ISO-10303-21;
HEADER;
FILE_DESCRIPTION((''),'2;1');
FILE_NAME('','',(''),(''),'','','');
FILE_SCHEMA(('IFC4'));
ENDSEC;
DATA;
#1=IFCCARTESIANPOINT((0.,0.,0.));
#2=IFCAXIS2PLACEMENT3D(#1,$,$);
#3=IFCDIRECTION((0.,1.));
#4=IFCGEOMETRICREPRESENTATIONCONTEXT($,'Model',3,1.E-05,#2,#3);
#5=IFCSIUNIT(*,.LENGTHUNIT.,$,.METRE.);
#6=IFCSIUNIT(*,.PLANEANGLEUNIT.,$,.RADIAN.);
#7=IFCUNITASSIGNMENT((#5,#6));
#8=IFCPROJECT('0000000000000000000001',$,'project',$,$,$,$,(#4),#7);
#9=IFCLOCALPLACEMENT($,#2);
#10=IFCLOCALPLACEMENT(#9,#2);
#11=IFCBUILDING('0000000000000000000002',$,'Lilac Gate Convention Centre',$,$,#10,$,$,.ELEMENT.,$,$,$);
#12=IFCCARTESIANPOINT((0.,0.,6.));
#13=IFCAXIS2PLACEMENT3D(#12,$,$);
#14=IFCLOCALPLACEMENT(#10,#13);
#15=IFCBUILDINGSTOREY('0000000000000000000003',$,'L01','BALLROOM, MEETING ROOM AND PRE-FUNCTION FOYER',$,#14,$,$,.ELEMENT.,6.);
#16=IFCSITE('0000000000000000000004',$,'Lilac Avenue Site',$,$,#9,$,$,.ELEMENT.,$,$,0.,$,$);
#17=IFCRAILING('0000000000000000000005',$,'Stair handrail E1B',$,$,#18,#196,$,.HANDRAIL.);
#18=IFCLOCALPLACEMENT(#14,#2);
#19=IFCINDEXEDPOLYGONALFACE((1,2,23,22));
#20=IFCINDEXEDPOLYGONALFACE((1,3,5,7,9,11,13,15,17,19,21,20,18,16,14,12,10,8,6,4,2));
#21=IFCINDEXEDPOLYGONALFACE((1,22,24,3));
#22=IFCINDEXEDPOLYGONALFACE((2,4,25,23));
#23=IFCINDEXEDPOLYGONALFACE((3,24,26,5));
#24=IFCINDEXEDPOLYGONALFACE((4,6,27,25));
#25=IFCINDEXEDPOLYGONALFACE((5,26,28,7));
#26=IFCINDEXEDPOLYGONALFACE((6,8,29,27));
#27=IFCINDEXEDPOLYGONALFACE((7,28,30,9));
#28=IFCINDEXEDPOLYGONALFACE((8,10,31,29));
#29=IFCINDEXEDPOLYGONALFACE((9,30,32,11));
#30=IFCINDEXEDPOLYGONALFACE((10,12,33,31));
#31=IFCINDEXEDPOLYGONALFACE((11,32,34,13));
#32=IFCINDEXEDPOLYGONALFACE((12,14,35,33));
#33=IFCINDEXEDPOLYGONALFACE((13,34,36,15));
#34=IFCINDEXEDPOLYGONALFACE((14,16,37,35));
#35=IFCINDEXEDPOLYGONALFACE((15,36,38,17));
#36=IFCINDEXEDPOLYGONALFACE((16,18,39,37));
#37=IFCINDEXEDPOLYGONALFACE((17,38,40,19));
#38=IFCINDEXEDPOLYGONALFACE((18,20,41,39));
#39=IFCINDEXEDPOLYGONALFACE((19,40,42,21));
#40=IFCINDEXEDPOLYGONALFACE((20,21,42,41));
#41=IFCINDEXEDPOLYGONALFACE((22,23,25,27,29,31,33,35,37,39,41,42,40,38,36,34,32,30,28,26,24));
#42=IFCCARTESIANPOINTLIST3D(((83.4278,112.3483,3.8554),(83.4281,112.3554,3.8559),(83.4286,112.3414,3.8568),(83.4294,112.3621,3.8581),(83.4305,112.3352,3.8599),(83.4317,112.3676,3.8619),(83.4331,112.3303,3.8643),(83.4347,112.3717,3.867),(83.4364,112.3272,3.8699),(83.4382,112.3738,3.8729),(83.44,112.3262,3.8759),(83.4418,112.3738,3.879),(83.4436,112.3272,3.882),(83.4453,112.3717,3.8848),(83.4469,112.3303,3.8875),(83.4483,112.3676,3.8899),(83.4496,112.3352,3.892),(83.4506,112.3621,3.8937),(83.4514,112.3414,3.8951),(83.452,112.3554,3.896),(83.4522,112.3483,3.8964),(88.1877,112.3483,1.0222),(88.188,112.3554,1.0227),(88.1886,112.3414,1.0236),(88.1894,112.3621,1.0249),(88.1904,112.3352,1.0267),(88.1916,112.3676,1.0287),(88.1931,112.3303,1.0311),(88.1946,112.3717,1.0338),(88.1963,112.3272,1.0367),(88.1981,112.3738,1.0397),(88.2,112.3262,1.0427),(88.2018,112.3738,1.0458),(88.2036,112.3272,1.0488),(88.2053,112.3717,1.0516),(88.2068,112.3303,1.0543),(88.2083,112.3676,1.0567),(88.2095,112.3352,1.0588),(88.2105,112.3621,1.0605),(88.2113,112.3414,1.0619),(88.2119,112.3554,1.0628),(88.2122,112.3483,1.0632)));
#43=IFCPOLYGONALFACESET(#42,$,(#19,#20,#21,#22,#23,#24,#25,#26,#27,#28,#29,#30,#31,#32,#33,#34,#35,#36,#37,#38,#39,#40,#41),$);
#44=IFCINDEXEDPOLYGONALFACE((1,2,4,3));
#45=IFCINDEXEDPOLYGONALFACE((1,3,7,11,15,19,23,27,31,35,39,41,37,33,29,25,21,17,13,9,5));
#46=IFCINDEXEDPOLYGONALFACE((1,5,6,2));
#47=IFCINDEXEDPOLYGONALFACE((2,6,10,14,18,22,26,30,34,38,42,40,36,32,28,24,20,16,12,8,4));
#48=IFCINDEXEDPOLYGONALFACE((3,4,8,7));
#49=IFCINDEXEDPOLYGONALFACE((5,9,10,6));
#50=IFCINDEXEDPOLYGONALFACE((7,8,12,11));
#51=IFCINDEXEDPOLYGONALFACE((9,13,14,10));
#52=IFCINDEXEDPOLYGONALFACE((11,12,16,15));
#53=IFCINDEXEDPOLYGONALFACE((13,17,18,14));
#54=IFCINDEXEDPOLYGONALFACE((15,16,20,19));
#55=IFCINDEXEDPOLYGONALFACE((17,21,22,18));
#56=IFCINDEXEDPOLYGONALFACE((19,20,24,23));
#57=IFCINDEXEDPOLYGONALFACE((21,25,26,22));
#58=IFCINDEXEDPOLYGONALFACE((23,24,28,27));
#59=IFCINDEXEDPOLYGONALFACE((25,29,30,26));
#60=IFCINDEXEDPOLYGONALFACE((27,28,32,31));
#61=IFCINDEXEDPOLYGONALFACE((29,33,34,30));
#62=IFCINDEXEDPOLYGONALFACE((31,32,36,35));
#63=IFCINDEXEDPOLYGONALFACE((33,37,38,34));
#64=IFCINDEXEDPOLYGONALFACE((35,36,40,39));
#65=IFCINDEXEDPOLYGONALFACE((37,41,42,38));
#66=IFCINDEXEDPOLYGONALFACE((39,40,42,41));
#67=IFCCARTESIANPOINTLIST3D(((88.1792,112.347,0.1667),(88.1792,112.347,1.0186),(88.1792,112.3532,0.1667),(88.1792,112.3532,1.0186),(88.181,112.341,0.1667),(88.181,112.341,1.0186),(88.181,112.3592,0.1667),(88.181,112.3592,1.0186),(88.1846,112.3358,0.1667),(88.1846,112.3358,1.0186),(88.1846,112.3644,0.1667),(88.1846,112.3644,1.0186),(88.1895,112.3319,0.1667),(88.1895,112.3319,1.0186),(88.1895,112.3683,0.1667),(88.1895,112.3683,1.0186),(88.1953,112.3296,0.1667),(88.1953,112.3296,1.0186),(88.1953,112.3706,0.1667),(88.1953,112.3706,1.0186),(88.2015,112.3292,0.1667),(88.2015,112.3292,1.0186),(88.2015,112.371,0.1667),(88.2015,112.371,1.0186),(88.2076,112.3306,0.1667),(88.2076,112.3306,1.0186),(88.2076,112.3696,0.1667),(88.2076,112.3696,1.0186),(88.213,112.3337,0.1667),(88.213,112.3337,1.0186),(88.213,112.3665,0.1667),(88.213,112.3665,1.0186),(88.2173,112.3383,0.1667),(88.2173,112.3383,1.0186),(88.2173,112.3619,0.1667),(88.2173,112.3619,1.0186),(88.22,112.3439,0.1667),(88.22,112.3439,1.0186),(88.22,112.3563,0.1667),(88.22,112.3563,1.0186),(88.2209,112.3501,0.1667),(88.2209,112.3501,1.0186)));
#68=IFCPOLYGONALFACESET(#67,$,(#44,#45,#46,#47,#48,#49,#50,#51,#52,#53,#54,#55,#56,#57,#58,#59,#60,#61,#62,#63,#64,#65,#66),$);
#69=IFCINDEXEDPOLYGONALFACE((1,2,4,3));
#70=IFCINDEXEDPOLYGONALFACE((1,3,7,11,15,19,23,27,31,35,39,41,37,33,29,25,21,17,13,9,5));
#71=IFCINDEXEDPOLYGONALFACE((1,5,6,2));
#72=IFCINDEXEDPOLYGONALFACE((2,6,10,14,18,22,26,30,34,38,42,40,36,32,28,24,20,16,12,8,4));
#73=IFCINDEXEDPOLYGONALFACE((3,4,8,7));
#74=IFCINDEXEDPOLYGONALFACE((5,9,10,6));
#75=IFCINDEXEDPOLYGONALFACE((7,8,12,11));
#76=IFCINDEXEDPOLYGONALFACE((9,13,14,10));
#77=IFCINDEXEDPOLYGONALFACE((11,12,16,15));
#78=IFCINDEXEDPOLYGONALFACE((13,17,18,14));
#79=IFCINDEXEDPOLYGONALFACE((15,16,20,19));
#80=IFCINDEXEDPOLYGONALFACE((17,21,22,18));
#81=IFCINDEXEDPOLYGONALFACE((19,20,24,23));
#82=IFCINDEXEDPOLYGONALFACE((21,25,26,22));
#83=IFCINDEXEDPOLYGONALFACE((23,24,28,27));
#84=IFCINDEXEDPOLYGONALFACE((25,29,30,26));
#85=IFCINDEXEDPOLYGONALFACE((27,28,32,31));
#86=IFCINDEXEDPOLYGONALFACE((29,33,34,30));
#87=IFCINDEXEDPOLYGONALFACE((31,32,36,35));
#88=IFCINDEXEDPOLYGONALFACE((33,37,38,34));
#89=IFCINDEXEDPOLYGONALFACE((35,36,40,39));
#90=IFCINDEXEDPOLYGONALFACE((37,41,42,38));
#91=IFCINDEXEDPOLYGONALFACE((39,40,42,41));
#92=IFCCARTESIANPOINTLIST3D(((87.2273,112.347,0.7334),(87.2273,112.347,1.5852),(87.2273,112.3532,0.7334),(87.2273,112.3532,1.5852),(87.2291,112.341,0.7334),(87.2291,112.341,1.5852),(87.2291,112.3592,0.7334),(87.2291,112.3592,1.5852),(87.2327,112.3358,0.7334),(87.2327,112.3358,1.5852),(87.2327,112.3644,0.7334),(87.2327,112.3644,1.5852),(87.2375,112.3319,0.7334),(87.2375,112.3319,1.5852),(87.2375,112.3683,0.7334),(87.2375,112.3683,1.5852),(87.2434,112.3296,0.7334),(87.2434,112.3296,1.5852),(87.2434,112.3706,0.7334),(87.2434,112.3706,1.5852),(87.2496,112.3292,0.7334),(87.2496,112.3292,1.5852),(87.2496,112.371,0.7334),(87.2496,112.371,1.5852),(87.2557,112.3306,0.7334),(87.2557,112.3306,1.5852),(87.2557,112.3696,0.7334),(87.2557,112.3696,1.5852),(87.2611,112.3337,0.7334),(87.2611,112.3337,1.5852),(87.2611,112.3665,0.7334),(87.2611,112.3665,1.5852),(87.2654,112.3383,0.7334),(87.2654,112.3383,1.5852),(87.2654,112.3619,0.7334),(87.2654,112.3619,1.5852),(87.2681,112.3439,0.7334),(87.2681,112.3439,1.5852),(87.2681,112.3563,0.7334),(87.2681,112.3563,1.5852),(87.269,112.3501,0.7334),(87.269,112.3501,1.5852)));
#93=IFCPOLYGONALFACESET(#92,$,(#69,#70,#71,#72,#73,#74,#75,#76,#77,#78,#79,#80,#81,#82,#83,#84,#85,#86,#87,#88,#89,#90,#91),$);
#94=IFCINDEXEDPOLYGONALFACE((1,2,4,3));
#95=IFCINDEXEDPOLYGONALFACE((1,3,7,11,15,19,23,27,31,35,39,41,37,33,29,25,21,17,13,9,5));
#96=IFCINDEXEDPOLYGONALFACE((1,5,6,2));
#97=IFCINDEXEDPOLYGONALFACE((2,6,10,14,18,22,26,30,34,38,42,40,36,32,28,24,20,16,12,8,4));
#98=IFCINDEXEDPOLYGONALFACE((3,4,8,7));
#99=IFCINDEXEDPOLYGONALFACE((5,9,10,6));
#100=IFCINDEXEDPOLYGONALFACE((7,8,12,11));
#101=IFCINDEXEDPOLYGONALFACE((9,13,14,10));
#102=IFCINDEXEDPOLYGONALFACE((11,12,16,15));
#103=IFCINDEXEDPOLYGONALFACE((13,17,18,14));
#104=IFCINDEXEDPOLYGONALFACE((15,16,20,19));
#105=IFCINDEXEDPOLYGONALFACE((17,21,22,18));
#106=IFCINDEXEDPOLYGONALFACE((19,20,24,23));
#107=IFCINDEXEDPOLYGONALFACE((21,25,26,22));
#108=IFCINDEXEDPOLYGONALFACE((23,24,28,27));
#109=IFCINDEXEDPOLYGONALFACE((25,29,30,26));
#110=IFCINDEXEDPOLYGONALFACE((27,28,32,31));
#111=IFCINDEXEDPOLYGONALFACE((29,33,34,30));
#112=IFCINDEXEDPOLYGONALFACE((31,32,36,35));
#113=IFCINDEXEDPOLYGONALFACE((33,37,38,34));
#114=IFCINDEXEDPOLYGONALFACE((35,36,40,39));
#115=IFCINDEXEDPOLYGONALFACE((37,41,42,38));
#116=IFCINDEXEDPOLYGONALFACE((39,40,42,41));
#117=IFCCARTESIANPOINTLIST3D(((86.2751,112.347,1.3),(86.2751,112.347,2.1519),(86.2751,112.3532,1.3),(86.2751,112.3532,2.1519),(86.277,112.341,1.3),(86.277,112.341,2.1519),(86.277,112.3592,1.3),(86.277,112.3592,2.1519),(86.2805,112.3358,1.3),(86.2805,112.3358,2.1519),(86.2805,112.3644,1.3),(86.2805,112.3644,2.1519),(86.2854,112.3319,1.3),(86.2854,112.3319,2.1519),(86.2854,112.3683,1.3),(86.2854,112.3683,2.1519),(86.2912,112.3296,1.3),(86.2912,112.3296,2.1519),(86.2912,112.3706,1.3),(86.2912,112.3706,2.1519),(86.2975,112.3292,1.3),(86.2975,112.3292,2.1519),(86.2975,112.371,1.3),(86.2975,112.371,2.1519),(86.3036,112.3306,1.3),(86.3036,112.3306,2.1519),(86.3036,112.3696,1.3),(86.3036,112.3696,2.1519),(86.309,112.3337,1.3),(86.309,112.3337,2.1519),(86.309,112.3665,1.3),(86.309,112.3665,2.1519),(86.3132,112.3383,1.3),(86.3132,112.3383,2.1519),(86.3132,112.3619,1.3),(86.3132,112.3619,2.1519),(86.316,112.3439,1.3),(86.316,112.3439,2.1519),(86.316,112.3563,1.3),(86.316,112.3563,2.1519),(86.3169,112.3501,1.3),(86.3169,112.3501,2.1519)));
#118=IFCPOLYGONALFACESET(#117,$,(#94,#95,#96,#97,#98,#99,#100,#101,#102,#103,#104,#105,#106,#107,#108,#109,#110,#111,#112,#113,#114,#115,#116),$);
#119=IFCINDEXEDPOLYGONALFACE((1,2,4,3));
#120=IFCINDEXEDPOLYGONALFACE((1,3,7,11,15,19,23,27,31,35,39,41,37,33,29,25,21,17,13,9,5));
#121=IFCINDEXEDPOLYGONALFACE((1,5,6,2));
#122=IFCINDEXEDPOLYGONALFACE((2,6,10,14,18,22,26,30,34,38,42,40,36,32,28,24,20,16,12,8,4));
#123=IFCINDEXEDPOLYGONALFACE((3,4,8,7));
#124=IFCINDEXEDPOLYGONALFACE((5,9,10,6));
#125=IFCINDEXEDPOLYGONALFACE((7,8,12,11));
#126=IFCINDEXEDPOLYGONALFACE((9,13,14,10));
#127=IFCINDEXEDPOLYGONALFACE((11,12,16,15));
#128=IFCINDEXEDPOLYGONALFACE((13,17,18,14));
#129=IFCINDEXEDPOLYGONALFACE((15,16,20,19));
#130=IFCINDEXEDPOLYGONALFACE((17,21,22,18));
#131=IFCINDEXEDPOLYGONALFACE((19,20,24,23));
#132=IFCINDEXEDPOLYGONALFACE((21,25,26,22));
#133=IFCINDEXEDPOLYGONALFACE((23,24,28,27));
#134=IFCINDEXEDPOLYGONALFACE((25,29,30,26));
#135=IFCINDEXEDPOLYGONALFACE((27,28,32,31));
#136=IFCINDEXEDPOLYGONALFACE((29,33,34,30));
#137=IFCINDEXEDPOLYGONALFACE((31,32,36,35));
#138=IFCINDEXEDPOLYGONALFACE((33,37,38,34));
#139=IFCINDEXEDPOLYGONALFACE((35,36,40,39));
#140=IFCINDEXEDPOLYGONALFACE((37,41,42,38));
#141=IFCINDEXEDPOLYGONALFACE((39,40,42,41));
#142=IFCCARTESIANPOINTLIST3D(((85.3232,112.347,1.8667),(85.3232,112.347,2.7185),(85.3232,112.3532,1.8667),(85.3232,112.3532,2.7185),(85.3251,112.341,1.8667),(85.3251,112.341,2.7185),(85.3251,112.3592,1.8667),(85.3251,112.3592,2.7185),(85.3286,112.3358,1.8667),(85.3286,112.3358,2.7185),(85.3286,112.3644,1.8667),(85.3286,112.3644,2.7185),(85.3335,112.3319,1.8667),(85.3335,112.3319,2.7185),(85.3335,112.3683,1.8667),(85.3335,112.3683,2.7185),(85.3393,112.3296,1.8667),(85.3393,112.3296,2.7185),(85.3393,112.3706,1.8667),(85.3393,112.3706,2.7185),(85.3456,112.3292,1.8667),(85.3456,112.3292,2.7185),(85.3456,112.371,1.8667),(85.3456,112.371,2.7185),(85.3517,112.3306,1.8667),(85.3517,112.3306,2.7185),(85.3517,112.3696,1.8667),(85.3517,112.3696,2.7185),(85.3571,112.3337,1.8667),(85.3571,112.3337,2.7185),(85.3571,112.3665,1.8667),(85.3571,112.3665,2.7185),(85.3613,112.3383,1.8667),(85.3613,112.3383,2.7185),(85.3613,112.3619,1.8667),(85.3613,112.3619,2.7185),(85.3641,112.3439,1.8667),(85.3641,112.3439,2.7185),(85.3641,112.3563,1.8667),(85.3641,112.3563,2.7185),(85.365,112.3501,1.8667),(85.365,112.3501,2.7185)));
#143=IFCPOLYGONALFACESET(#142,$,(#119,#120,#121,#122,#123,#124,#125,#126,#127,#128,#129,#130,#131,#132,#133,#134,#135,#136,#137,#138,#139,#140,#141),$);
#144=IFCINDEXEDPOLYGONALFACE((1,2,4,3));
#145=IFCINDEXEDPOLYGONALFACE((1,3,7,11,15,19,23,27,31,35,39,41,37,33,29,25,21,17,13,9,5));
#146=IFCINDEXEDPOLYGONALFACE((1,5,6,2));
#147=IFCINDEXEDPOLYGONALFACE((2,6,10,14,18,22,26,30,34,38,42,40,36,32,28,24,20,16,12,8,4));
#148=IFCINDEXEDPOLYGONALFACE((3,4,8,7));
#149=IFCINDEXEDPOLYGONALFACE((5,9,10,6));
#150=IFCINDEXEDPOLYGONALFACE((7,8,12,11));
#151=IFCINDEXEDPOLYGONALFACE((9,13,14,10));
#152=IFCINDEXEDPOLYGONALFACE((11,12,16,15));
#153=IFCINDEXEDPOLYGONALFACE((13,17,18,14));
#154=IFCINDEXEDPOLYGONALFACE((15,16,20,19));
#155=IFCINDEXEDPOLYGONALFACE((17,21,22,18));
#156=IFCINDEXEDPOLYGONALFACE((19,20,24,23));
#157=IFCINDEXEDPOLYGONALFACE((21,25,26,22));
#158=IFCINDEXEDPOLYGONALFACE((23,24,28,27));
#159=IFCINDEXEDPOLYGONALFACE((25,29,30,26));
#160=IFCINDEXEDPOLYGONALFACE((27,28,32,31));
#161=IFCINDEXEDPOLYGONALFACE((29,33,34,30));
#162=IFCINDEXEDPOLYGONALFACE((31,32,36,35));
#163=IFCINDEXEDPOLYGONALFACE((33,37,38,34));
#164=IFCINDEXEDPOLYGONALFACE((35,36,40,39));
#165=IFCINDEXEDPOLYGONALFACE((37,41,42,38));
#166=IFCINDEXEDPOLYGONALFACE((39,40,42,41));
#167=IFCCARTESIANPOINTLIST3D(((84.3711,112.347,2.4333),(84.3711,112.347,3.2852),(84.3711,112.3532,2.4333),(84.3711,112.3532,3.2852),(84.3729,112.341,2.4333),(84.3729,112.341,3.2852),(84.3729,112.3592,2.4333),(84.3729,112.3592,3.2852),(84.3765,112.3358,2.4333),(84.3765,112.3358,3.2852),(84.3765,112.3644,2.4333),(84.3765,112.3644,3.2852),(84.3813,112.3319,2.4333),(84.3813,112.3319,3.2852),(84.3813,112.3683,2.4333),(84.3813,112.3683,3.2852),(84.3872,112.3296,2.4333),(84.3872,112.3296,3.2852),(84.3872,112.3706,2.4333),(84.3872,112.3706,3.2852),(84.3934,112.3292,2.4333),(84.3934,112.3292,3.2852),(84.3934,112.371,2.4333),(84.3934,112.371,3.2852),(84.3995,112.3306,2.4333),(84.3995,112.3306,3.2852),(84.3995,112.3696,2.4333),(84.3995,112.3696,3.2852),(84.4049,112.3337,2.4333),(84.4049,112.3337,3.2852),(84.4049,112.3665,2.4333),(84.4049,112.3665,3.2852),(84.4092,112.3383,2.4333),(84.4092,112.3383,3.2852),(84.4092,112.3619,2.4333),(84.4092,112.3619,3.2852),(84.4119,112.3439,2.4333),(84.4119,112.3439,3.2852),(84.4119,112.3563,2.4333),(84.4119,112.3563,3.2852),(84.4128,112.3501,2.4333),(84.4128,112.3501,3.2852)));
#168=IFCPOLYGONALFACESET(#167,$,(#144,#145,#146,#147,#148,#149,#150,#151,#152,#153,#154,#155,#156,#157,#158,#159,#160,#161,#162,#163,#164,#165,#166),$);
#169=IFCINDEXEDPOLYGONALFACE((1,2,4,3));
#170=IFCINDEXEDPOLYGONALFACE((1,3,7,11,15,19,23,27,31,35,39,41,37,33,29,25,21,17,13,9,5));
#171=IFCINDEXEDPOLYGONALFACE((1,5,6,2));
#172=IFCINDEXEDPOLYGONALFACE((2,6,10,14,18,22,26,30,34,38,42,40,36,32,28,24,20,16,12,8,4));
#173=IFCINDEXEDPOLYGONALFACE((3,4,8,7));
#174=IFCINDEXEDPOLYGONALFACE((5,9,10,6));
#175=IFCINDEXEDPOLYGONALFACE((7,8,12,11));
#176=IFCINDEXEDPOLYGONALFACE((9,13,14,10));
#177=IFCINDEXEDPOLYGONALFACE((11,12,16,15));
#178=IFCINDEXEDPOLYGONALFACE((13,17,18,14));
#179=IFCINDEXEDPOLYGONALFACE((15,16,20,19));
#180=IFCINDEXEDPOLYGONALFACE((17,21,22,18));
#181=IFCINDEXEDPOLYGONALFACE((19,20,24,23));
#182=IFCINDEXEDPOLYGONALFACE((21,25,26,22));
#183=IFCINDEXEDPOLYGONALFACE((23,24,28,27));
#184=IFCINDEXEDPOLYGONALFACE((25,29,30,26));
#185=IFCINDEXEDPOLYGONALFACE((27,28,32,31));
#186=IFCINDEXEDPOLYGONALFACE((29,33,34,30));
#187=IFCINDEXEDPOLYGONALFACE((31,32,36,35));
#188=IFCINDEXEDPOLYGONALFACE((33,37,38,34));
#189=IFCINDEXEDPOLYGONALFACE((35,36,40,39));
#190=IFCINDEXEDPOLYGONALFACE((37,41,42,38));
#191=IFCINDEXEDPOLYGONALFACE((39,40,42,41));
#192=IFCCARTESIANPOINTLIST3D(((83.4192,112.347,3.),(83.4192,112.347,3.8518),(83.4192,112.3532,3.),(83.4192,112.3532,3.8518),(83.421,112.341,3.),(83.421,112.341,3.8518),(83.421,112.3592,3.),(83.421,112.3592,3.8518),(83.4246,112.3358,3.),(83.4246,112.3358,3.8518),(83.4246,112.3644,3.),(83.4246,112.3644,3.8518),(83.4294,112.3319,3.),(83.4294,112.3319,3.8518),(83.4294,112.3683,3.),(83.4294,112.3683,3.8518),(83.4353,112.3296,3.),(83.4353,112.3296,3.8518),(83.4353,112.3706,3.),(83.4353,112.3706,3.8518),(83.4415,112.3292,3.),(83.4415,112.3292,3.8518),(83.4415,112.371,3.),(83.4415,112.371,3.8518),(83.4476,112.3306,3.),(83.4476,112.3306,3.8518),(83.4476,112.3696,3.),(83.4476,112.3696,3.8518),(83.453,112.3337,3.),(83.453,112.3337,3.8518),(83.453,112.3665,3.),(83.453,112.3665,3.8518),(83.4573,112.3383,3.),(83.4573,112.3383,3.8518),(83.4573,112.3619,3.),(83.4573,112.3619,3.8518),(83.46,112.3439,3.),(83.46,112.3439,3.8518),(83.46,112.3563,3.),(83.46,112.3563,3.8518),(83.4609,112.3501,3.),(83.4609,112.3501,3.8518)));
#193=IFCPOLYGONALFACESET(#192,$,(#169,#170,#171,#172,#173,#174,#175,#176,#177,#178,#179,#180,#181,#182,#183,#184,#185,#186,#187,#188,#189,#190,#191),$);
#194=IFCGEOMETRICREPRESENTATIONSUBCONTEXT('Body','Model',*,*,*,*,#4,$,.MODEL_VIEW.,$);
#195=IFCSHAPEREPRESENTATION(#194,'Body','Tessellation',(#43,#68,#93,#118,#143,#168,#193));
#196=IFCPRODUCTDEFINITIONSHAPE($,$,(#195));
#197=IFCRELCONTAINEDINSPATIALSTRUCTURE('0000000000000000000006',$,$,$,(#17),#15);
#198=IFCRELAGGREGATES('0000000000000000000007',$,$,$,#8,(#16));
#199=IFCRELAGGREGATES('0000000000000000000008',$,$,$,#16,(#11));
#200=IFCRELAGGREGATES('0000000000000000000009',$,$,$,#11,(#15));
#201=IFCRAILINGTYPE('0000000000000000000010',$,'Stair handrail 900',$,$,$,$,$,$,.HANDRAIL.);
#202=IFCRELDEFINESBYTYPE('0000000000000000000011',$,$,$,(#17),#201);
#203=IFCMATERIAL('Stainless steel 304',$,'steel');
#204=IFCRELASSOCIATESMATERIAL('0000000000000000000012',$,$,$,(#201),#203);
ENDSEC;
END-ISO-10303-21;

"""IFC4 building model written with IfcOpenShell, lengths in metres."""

from ifc_helpers import new_model, si_unit, direction, frame, origin, origin_2d, place, context, subcontext, project, spatial, circle, extrude, material, type_object, element, save


model = new_model("IFC4")

# Units and contexts
model_context = context("Model", 3, precision=1e-05, world=origin(), true_north=direction((0.0, 1.0)))
body_context = subcontext(model_context, "Body", "Model", "MODEL_VIEW")
ifc_project = project(units=[si_unit("LENGTHUNIT", "METRE"), si_unit("PLANEANGLEUNIT", "RADIAN")], contexts=[model_context])

# Site, building, storey
site_placement = place(None, origin())
site = spatial("IfcSite", under=ifc_project, at=site_placement, Name="Lilac Avenue Site", CompositionType="ELEMENT", RefElevation=0.0)
building_placement = place(site_placement, origin())
building = spatial("IfcBuilding", under=site, at=building_placement, Name="Lilac Gate Convention Centre", CompositionType="ELEMENT")
storey_placement = place(building_placement, frame((0.0, 0.0, 6.0)))
storey = spatial("IfcBuildingStorey", under=building, at=storey_placement, Name="L01", Description="BALLROOM, MEETING ROOM AND PRE-FUNCTION FOYER", CompositionType="ELEMENT", Elevation=6.0)

# Railing
ifc_material_1 = material(Name="Stainless steel 304", Category="steel")
railing_type = type_object("IfcRailingType", Name="Stair handrail 900", PredefinedType="HANDRAIL", material=ifc_material_1)
for number, where, name in (
    (1, (88.2, 112.3501, 0.1667), "Stair handrail E1B"),
):
    element("IfcRailing", number, at=place(storey_placement, frame(where)), inside=storey, type_object=railing_type, Name=name, PredefinedType="HANDRAIL", context=body_context, shape_type="SweptSolid", body=[
        extrude(circle(Radius=0.0239, at=origin_2d()), frame((0.0, 0.0, 0.876), z_axis=(-0.8593, 0.0, 0.511472), x_axis=(0.0, -1.0, 0.0)), (0.0, 0.0, 1.0), 5.5393),
        extrude(circle(Radius=0.021, at=origin_2d()), origin(), (0.0, 0.0, 1.0), 0.8518),
        extrude(circle(Radius=0.021, at=origin_2d()), frame((-0.9519, 0.0, 0.5667)), (0.0, 0.0, 1.0), 0.8518),
        extrude(circle(Radius=0.021, at=origin_2d()), frame((-1.9041, 0.0, 1.1333)), (0.0, 0.0, 1.0), 0.8518),
        extrude(circle(Radius=0.021, at=origin_2d()), frame((-2.856, 0.0, 1.7)), (0.0, 0.0, 1.0), 0.8518),
        extrude(circle(Radius=0.021, at=origin_2d()), frame((-3.8081, 0.0, 2.2666)), (0.0, 0.0, 1.0), 0.8518),
        extrude(circle(Radius=0.021, at=origin_2d()), frame((-4.76, 0.0, 2.8333)), (0.0, 0.0, 1.0), 0.8518),
    ])

save(model, "model.ifc")
